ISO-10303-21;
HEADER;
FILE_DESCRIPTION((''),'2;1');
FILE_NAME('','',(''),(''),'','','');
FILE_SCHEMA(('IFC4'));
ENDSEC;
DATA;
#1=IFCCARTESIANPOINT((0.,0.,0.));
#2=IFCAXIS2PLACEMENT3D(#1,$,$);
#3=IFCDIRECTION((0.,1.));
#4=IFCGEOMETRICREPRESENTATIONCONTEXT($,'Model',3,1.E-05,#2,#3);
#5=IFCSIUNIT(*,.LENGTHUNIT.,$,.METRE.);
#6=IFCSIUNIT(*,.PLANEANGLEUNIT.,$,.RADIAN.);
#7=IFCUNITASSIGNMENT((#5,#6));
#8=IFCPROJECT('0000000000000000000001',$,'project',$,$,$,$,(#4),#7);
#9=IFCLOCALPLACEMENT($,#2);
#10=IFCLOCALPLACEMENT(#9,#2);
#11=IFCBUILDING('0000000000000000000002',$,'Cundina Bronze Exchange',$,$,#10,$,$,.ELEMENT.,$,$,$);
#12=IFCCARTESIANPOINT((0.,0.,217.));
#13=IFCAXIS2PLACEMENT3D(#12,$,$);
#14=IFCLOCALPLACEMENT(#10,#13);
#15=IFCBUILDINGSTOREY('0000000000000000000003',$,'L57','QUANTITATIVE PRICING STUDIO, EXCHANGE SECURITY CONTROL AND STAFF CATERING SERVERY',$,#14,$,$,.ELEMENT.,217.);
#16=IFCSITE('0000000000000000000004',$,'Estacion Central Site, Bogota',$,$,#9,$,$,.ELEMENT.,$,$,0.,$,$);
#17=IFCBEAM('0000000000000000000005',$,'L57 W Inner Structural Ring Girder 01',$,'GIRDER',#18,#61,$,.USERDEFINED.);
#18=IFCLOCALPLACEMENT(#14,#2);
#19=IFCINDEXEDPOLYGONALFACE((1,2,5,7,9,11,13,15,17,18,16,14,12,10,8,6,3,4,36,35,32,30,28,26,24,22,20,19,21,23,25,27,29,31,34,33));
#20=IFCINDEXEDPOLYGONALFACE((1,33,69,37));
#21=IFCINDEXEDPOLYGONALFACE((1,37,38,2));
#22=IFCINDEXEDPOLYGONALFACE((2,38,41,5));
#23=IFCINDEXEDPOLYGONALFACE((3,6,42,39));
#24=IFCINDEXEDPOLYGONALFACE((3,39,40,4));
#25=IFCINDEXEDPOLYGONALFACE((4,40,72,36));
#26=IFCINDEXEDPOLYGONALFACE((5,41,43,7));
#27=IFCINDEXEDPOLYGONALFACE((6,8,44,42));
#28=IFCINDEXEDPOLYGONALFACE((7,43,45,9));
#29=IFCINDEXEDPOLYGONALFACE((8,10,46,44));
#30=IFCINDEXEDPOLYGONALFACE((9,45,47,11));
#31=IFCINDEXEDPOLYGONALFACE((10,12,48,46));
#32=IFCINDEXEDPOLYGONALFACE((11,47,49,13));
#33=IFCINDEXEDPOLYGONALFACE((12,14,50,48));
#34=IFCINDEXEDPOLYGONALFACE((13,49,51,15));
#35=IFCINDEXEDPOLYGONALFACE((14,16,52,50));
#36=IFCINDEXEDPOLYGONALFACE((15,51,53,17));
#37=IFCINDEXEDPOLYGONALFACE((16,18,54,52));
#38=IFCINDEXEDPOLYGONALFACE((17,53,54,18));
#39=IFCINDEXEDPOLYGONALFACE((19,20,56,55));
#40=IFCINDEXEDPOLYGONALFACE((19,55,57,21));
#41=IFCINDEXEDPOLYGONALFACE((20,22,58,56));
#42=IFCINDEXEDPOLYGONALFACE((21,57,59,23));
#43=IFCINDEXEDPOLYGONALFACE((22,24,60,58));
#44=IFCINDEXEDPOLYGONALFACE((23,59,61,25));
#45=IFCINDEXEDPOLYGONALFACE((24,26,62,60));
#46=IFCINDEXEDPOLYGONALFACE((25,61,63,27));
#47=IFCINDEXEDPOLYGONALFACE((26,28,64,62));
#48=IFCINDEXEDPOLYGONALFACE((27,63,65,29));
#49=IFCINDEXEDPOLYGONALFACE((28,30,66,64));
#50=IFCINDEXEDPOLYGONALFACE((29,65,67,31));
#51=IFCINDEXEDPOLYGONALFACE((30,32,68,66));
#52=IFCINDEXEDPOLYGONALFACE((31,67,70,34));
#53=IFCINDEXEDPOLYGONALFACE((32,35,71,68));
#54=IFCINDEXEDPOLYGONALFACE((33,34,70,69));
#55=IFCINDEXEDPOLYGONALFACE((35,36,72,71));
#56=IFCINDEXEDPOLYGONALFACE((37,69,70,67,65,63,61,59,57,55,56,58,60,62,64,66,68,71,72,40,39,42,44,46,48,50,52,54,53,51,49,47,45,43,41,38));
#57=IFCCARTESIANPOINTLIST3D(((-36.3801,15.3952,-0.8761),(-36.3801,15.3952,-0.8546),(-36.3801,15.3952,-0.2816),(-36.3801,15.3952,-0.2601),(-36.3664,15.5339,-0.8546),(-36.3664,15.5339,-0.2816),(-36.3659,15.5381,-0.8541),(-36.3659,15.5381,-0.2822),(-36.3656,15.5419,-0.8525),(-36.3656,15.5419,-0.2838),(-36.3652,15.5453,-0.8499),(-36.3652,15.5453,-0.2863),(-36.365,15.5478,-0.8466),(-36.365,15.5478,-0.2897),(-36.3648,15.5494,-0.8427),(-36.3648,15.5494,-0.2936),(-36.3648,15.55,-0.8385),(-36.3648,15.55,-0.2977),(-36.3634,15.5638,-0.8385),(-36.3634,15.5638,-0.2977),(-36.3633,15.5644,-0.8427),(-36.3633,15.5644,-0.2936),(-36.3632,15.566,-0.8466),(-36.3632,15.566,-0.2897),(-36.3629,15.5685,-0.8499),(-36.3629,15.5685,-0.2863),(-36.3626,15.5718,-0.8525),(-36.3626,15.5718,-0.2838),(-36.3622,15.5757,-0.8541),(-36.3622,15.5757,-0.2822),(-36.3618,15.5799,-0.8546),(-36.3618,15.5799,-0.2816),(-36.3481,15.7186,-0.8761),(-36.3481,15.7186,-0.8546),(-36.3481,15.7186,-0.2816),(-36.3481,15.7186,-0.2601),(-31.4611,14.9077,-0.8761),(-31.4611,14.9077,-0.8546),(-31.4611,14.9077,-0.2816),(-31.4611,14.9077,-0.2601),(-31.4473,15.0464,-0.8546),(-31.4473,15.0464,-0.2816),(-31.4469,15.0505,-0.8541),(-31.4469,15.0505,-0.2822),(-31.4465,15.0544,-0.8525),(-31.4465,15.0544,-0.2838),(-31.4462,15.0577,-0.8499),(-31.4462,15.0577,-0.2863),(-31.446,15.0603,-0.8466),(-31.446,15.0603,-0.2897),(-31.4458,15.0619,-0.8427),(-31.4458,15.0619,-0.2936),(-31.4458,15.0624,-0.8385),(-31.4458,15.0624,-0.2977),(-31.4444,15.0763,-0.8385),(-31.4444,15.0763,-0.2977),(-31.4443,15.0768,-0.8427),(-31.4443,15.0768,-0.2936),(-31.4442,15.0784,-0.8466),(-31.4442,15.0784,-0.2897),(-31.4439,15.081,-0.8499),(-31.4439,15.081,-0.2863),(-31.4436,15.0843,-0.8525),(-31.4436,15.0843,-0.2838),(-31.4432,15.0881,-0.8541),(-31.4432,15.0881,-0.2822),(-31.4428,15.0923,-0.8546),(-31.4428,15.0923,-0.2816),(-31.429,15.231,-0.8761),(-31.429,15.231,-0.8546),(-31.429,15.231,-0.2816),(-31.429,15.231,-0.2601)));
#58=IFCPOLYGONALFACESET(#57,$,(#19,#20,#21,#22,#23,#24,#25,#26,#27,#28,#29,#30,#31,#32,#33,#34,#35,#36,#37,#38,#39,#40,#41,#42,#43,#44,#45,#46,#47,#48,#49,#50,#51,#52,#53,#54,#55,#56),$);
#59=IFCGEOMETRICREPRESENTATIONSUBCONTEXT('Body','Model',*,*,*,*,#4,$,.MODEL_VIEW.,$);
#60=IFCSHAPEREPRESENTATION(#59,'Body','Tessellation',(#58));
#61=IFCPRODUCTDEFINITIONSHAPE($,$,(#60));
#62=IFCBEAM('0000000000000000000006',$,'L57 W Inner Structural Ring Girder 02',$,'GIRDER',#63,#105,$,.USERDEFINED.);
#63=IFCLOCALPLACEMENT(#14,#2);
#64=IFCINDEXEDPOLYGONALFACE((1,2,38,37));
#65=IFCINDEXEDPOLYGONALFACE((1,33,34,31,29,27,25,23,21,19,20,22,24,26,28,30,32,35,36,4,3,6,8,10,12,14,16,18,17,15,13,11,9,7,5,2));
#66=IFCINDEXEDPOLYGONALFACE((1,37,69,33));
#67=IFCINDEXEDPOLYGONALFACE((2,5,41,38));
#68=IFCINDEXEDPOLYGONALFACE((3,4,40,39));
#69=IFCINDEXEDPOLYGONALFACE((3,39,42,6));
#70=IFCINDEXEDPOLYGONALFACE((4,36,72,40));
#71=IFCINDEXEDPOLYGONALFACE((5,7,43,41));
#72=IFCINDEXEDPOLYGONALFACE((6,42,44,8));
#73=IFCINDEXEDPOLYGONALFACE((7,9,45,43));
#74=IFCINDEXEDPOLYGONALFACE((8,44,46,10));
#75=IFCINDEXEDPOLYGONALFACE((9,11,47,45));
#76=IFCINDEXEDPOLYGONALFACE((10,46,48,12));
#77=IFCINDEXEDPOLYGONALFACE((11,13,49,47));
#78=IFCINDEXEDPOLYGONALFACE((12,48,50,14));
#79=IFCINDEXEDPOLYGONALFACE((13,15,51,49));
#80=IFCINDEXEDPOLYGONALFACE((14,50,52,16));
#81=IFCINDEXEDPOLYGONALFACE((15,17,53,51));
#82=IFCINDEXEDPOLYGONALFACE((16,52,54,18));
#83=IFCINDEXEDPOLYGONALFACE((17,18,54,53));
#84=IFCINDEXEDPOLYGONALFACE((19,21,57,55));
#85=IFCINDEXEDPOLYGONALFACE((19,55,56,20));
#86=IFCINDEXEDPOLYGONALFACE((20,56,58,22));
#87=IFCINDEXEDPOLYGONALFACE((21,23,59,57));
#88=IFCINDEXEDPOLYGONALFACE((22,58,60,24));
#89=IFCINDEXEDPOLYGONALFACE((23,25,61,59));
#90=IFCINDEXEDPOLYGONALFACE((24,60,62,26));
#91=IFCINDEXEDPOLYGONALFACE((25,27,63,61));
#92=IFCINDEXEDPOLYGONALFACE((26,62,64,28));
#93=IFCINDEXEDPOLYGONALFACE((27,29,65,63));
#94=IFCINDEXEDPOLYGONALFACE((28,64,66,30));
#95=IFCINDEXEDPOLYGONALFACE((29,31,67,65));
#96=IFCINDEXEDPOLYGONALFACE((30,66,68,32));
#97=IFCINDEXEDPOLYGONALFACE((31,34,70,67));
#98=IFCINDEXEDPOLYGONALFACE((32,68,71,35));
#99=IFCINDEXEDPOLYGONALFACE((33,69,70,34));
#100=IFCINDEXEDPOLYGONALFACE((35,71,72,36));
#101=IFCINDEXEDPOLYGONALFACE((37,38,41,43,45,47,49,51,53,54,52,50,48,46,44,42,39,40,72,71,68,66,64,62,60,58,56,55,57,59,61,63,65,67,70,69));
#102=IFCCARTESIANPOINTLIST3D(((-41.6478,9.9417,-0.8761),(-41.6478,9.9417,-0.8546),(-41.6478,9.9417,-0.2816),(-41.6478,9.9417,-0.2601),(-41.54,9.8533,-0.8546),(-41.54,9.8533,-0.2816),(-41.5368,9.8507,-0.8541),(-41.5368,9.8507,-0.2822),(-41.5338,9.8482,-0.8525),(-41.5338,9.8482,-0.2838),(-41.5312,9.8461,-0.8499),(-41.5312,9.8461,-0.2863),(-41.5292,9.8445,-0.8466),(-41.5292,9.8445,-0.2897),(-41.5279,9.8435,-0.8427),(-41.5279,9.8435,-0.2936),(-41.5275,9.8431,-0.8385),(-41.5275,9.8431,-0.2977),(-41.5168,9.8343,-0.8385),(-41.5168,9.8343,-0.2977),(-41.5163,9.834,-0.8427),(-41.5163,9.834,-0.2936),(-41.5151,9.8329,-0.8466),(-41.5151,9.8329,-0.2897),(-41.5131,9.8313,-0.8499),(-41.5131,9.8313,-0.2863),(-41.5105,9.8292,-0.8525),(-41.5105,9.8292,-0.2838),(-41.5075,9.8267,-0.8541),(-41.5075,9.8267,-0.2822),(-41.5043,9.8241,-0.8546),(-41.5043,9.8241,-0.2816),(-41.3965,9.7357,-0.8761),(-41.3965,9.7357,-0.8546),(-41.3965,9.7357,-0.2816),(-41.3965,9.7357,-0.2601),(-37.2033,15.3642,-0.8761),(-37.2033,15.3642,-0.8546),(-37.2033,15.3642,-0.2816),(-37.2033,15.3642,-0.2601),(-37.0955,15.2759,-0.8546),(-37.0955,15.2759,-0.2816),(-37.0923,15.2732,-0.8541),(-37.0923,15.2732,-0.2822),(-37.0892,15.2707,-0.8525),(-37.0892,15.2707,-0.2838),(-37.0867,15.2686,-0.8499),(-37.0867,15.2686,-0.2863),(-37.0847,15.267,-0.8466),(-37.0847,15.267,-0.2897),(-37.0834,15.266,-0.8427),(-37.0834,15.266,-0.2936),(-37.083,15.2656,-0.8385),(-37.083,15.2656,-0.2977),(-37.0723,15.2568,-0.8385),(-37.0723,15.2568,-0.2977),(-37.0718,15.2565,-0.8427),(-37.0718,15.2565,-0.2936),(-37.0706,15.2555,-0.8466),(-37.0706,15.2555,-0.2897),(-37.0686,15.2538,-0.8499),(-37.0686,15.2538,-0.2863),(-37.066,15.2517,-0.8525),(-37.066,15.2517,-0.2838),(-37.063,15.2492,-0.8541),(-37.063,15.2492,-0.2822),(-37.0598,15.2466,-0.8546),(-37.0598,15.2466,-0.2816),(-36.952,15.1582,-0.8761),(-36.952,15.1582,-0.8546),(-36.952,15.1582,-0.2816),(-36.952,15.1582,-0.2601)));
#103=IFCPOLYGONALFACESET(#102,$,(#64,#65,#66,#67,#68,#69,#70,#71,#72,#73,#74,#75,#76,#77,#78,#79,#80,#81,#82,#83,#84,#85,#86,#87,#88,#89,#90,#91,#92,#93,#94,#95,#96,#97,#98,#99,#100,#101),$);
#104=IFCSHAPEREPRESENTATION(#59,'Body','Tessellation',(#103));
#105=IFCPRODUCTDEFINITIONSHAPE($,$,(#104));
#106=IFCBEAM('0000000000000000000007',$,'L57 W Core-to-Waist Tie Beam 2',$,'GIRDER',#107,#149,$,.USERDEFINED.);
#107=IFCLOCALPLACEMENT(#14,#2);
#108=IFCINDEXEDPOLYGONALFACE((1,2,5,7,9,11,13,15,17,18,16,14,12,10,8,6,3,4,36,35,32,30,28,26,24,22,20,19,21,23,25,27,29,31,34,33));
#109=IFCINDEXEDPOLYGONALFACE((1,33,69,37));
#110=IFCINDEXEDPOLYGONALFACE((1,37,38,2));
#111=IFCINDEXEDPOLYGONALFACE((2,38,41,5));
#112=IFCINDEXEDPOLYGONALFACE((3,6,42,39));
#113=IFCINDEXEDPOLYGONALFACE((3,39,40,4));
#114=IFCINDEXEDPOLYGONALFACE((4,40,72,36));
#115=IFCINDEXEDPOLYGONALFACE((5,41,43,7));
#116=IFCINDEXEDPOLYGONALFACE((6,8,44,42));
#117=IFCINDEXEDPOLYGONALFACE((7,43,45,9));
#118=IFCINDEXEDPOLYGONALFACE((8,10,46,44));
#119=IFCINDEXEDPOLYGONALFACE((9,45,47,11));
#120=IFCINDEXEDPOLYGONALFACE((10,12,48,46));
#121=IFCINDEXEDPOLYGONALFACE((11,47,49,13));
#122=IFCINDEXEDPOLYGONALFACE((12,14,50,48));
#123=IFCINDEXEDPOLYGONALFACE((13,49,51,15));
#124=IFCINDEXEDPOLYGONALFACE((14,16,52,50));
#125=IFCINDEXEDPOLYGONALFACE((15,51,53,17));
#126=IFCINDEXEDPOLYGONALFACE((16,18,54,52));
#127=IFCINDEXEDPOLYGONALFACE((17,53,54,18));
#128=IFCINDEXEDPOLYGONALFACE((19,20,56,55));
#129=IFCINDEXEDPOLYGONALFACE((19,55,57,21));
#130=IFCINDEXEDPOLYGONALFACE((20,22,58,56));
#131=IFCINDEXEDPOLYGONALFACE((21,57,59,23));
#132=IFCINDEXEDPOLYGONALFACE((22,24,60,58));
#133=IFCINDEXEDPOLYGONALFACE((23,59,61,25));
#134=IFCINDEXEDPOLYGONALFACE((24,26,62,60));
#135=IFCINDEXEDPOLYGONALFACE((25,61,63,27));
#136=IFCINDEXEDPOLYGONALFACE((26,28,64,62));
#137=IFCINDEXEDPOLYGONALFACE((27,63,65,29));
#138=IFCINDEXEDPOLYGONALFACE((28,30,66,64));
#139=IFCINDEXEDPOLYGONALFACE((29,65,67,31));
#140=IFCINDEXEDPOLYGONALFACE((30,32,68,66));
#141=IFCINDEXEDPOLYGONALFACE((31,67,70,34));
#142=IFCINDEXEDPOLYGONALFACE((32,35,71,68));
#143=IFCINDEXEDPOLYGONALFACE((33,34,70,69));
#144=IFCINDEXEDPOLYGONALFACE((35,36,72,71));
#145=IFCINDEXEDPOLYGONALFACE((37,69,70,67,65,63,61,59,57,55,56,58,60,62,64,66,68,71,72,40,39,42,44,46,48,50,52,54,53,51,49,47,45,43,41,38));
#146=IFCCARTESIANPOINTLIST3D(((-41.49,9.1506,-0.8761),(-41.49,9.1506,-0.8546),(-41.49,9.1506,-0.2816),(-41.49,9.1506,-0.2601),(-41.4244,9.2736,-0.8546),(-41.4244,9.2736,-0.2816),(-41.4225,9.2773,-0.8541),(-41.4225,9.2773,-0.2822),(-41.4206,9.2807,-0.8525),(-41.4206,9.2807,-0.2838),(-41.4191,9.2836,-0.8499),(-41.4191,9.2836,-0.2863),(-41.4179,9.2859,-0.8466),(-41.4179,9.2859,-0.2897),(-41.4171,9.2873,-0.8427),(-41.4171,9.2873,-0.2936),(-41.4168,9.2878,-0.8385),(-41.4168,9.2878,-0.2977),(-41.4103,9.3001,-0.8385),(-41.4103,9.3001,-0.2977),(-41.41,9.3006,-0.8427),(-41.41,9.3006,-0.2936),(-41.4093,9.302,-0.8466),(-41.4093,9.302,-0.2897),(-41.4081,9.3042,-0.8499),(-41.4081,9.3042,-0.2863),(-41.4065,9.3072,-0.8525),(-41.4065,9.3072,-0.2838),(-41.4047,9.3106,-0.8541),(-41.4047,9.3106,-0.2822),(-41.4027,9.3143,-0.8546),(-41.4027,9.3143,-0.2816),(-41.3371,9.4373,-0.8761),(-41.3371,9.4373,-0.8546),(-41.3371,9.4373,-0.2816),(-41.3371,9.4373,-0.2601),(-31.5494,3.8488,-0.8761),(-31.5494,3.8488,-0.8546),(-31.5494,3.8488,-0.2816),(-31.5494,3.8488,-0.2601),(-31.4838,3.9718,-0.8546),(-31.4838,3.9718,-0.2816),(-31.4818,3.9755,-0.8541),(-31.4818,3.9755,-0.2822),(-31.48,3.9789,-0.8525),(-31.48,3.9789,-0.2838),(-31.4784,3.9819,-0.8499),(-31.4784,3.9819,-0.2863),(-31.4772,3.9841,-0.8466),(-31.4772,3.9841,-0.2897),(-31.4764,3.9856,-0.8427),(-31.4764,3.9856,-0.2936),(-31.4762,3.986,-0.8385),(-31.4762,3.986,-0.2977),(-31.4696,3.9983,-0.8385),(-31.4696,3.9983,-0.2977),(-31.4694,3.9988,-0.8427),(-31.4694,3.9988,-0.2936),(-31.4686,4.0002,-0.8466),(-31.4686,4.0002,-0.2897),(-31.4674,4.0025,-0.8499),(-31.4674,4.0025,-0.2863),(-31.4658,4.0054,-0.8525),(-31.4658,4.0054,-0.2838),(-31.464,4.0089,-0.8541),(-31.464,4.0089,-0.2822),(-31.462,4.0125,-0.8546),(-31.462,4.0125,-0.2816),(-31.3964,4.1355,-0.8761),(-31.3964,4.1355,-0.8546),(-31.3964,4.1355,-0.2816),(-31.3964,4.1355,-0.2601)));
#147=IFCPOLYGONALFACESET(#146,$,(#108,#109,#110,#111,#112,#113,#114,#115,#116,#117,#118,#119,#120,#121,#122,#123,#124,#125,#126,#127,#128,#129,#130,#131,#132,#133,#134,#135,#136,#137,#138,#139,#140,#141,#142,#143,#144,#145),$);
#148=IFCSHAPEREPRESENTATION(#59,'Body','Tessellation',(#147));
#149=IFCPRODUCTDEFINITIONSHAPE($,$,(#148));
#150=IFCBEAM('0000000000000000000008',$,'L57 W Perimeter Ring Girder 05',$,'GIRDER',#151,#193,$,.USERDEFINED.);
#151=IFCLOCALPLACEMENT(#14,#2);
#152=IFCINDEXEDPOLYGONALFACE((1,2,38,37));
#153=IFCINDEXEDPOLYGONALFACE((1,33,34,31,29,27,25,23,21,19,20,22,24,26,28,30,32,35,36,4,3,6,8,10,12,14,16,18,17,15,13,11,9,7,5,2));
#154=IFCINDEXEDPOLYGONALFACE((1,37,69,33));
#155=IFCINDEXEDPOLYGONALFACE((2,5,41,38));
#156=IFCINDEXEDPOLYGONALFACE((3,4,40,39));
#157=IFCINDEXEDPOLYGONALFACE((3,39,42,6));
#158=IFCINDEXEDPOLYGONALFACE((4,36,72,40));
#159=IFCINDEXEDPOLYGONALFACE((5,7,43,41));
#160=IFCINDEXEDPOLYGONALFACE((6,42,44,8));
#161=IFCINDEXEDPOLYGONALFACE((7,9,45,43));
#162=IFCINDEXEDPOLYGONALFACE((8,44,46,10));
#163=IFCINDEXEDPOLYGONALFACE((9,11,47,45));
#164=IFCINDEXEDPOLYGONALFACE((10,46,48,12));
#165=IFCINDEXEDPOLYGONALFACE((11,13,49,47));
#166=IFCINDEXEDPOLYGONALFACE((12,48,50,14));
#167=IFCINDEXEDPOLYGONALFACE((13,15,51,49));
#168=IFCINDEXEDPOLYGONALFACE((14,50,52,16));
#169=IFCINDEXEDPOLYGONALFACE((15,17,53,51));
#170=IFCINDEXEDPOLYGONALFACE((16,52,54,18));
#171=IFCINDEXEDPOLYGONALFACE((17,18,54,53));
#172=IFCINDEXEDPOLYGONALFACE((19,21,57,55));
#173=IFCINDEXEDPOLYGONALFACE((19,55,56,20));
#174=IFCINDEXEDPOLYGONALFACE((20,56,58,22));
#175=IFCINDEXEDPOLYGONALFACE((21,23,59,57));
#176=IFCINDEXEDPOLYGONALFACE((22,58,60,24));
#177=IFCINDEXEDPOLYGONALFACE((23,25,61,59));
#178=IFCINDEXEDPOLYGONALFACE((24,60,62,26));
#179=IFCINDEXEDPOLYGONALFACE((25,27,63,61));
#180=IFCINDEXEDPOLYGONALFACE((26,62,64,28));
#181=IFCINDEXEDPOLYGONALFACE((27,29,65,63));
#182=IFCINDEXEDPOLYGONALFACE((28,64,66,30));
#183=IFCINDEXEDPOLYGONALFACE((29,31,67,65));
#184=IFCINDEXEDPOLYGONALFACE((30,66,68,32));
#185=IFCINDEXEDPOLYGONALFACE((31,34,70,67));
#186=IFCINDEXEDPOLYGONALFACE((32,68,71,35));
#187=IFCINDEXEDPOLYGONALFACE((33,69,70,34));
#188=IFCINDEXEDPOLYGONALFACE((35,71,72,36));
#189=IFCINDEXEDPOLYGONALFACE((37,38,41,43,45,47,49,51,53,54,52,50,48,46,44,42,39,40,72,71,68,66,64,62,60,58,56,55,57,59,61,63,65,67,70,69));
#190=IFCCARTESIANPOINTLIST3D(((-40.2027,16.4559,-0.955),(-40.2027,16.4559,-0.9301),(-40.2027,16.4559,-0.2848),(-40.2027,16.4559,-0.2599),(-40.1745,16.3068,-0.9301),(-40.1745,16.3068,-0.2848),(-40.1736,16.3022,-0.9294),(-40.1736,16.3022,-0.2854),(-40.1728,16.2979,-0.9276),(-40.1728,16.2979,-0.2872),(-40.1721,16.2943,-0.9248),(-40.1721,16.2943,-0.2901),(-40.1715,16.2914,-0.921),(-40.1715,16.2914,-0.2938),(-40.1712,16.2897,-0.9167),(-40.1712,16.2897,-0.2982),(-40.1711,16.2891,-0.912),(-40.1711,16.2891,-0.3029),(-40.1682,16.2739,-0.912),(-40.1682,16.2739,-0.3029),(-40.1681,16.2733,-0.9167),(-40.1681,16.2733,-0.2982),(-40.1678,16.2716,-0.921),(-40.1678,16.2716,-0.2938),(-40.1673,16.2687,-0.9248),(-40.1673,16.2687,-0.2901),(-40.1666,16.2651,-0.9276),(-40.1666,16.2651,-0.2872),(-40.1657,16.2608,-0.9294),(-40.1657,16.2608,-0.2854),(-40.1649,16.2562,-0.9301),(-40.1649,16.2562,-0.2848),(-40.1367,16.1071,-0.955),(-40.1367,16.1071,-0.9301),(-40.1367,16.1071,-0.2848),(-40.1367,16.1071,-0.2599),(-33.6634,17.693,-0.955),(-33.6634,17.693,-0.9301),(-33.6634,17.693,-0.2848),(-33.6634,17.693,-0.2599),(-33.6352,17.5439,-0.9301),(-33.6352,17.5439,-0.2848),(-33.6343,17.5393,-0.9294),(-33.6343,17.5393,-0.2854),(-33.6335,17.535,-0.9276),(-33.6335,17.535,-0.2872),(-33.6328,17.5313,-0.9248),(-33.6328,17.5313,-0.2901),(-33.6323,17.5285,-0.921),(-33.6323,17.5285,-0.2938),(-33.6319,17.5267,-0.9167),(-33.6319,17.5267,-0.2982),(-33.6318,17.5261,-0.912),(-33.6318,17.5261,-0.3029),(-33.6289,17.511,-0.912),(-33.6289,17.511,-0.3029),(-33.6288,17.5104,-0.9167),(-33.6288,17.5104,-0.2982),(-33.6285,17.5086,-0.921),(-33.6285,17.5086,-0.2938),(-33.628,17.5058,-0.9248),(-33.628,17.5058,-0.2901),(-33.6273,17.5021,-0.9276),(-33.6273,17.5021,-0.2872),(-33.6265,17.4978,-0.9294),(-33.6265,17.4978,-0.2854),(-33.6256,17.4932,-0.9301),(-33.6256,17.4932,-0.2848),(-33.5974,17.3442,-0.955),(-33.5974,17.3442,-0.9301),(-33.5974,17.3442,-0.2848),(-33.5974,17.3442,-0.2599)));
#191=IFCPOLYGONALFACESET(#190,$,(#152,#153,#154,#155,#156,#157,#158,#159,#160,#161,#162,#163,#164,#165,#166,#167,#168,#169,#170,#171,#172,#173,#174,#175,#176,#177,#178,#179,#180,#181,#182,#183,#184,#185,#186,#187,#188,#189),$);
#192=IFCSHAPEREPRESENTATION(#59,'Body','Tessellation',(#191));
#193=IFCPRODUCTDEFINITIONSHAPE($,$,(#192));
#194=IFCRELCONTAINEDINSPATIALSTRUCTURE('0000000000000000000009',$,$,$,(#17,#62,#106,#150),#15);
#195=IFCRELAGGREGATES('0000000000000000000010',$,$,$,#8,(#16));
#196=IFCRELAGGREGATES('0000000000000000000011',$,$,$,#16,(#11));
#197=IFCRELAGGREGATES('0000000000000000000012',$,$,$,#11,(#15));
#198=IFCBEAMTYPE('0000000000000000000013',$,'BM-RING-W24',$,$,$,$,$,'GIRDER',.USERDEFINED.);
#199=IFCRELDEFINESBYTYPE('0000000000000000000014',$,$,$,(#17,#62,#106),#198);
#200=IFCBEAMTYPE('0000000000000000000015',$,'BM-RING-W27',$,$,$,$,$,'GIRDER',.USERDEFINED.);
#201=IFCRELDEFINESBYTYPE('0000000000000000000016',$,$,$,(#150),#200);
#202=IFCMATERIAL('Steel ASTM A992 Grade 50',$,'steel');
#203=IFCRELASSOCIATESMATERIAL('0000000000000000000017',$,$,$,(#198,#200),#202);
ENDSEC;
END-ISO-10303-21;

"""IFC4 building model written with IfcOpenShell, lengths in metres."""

from ifc_helpers import new_model, si_unit, direction, frame, origin, origin_2d, place, context, subcontext, project, spatial, i_section, extrude, material, material_profile, profile_set, type_object, element, save


model = new_model("IFC4")

# Units and contexts
model_context = context("Model", 3, precision=1e-05, world=origin(), true_north=direction((0.0, 1.0)))
body_context = subcontext(model_context, "Body", "Model", "MODEL_VIEW")
ifc_project = project(units=[si_unit("LENGTHUNIT", "METRE"), si_unit("PLANEANGLEUNIT", "RADIAN")], contexts=[model_context])

# Site, building, storey
site_placement = place(None, origin())
site = spatial("IfcSite", under=ifc_project, at=site_placement, Name="Estacion Central Site, Bogota", CompositionType="ELEMENT", RefElevation=0.0)
building_placement = place(site_placement, origin())
building = spatial("IfcBuilding", under=site, at=building_placement, Name="Cundina Bronze Exchange", CompositionType="ELEMENT")
storey_placement = place(building_placement, frame((0.0, 0.0, 217.0)))
storey = spatial("IfcBuildingStorey", under=building, at=storey_placement, Name="L57", Description="QUANTITATIVE PRICING STUDIO, EXCHANGE SECURITY CONTROL AND STAFF CATERING SERVERY", CompositionType="ELEMENT", Elevation=217.0)

# Shared definitions
ifc_material_1 = material(Name="Steel ASTM A992 Grade 50", Category="steel")

# Beams
ifc_material_profile_1 = material_profile(ifc_material_1, i_section(OverallWidth=0.325, OverallDepth=0.616, WebThickness=0.0139, FlangeThickness=0.0215, FilletRadius=0.0161, at=origin_2d()), Name="W24X117", Category="steel")
ifc_profile_set_1 = profile_set([ifc_material_profile_1], Name="Steel ASTM A992 Grade 50")
beam_type_1 = type_object("IfcBeamType", Name="BM-RING-W24", ElementType="GIRDER", PredefinedType="USERDEFINED", material=ifc_profile_set_1)
beam_1_placement = place(storey_placement, frame((-31.4451, 15.0693, -0.5681), z_axis=(-0.995124, 0.098633, 0.0), x_axis=(-0.098633, -0.995124, 0.0)))
element("IfcBeam", 1, at=beam_1_placement, inside=storey, type_object=beam_type_1, Name="L57 W Inner Structural Ring Girder 01", ObjectType="GIRDER", PredefinedType="USERDEFINED", context=body_context, shape_type="SweptSolid", body=[
    extrude(i_section(OverallWidth=0.325, OverallDepth=0.616, WebThickness=0.0139, FlangeThickness=0.0215, FilletRadius=0.0161, at=origin_2d()), origin(), (0.0, 0.0, 1.0), 4.9431),
])
beam_2_placement = place(storey_placement, frame((-37.0776, 15.2612, -0.5681), z_axis=(-0.633913, -0.773405, 0.0), x_axis=(0.773405, -0.633913, 0.0)))
element("IfcBeam", 2, at=beam_2_placement, inside=storey, type_object=beam_type_1, Name="L57 W Inner Structural Ring Girder 02", ObjectType="GIRDER", PredefinedType="USERDEFINED", context=body_context, shape_type="SweptSolid", body=[
    extrude(i_section(OverallWidth=0.325, OverallDepth=0.616, WebThickness=0.0139, FlangeThickness=0.0215, FilletRadius=0.0161, at=origin_2d()), origin(), (0.0, 0.0, 1.0), 7.0112),
])
beam_3_placement = place(storey_placement, frame((-31.4729, 3.9922, -0.5681), z_axis=(-0.882351, 0.470593, 0.0), x_axis=(-0.470593, -0.882351, 0.0)))
element("IfcBeam", 3, at=beam_3_placement, inside=storey, type_object=beam_type_1, Name="L57 W Core-to-Waist Tie Beam 2", ObjectType="GIRDER", PredefinedType="USERDEFINED", context=body_context, shape_type="SweptSolid", body=[
    extrude(i_section(OverallWidth=0.325, OverallDepth=0.616, WebThickness=0.0139, FlangeThickness=0.0215, FilletRadius=0.0161, at=origin_2d()), origin(), (0.0, 0.0, 1.0), 11.2661),
])
ifc_material_profile_2 = material_profile(ifc_material_1, i_section(OverallWidth=0.355, OverallDepth=0.6951, WebThickness=0.0154, FlangeThickness=0.0249, FilletRadius=0.0181, at=origin_2d()), Name="W27X146", Category="steel")
ifc_profile_set_2 = profile_set([ifc_material_profile_2], Name="Steel ASTM A992 Grade 50")
beam_type_2 = type_object("IfcBeamType", Name="BM-RING-W27", ElementType="GIRDER", PredefinedType="USERDEFINED", material=ifc_profile_set_2)
beam_4_placement = place(storey_placement, frame((-33.6304, 17.5186, -0.6074), z_axis=(-0.982573, -0.185876, 0.0), x_axis=(0.185876, -0.982573, 0.0)))
element("IfcBeam", 4, at=beam_4_placement, inside=storey, type_object=beam_type_2, Name="L57 W Perimeter Ring Girder 05", ObjectType="GIRDER", PredefinedType="USERDEFINED", context=body_context, shape_type="SweptSolid", body=[
    extrude(i_section(OverallWidth=0.355, OverallDepth=0.6951, WebThickness=0.0154, FlangeThickness=0.0249, FilletRadius=0.0181, at=origin_2d()), origin(), (0.0, 0.0, 1.0), 6.6553),
])

save(model, "model.ifc")
